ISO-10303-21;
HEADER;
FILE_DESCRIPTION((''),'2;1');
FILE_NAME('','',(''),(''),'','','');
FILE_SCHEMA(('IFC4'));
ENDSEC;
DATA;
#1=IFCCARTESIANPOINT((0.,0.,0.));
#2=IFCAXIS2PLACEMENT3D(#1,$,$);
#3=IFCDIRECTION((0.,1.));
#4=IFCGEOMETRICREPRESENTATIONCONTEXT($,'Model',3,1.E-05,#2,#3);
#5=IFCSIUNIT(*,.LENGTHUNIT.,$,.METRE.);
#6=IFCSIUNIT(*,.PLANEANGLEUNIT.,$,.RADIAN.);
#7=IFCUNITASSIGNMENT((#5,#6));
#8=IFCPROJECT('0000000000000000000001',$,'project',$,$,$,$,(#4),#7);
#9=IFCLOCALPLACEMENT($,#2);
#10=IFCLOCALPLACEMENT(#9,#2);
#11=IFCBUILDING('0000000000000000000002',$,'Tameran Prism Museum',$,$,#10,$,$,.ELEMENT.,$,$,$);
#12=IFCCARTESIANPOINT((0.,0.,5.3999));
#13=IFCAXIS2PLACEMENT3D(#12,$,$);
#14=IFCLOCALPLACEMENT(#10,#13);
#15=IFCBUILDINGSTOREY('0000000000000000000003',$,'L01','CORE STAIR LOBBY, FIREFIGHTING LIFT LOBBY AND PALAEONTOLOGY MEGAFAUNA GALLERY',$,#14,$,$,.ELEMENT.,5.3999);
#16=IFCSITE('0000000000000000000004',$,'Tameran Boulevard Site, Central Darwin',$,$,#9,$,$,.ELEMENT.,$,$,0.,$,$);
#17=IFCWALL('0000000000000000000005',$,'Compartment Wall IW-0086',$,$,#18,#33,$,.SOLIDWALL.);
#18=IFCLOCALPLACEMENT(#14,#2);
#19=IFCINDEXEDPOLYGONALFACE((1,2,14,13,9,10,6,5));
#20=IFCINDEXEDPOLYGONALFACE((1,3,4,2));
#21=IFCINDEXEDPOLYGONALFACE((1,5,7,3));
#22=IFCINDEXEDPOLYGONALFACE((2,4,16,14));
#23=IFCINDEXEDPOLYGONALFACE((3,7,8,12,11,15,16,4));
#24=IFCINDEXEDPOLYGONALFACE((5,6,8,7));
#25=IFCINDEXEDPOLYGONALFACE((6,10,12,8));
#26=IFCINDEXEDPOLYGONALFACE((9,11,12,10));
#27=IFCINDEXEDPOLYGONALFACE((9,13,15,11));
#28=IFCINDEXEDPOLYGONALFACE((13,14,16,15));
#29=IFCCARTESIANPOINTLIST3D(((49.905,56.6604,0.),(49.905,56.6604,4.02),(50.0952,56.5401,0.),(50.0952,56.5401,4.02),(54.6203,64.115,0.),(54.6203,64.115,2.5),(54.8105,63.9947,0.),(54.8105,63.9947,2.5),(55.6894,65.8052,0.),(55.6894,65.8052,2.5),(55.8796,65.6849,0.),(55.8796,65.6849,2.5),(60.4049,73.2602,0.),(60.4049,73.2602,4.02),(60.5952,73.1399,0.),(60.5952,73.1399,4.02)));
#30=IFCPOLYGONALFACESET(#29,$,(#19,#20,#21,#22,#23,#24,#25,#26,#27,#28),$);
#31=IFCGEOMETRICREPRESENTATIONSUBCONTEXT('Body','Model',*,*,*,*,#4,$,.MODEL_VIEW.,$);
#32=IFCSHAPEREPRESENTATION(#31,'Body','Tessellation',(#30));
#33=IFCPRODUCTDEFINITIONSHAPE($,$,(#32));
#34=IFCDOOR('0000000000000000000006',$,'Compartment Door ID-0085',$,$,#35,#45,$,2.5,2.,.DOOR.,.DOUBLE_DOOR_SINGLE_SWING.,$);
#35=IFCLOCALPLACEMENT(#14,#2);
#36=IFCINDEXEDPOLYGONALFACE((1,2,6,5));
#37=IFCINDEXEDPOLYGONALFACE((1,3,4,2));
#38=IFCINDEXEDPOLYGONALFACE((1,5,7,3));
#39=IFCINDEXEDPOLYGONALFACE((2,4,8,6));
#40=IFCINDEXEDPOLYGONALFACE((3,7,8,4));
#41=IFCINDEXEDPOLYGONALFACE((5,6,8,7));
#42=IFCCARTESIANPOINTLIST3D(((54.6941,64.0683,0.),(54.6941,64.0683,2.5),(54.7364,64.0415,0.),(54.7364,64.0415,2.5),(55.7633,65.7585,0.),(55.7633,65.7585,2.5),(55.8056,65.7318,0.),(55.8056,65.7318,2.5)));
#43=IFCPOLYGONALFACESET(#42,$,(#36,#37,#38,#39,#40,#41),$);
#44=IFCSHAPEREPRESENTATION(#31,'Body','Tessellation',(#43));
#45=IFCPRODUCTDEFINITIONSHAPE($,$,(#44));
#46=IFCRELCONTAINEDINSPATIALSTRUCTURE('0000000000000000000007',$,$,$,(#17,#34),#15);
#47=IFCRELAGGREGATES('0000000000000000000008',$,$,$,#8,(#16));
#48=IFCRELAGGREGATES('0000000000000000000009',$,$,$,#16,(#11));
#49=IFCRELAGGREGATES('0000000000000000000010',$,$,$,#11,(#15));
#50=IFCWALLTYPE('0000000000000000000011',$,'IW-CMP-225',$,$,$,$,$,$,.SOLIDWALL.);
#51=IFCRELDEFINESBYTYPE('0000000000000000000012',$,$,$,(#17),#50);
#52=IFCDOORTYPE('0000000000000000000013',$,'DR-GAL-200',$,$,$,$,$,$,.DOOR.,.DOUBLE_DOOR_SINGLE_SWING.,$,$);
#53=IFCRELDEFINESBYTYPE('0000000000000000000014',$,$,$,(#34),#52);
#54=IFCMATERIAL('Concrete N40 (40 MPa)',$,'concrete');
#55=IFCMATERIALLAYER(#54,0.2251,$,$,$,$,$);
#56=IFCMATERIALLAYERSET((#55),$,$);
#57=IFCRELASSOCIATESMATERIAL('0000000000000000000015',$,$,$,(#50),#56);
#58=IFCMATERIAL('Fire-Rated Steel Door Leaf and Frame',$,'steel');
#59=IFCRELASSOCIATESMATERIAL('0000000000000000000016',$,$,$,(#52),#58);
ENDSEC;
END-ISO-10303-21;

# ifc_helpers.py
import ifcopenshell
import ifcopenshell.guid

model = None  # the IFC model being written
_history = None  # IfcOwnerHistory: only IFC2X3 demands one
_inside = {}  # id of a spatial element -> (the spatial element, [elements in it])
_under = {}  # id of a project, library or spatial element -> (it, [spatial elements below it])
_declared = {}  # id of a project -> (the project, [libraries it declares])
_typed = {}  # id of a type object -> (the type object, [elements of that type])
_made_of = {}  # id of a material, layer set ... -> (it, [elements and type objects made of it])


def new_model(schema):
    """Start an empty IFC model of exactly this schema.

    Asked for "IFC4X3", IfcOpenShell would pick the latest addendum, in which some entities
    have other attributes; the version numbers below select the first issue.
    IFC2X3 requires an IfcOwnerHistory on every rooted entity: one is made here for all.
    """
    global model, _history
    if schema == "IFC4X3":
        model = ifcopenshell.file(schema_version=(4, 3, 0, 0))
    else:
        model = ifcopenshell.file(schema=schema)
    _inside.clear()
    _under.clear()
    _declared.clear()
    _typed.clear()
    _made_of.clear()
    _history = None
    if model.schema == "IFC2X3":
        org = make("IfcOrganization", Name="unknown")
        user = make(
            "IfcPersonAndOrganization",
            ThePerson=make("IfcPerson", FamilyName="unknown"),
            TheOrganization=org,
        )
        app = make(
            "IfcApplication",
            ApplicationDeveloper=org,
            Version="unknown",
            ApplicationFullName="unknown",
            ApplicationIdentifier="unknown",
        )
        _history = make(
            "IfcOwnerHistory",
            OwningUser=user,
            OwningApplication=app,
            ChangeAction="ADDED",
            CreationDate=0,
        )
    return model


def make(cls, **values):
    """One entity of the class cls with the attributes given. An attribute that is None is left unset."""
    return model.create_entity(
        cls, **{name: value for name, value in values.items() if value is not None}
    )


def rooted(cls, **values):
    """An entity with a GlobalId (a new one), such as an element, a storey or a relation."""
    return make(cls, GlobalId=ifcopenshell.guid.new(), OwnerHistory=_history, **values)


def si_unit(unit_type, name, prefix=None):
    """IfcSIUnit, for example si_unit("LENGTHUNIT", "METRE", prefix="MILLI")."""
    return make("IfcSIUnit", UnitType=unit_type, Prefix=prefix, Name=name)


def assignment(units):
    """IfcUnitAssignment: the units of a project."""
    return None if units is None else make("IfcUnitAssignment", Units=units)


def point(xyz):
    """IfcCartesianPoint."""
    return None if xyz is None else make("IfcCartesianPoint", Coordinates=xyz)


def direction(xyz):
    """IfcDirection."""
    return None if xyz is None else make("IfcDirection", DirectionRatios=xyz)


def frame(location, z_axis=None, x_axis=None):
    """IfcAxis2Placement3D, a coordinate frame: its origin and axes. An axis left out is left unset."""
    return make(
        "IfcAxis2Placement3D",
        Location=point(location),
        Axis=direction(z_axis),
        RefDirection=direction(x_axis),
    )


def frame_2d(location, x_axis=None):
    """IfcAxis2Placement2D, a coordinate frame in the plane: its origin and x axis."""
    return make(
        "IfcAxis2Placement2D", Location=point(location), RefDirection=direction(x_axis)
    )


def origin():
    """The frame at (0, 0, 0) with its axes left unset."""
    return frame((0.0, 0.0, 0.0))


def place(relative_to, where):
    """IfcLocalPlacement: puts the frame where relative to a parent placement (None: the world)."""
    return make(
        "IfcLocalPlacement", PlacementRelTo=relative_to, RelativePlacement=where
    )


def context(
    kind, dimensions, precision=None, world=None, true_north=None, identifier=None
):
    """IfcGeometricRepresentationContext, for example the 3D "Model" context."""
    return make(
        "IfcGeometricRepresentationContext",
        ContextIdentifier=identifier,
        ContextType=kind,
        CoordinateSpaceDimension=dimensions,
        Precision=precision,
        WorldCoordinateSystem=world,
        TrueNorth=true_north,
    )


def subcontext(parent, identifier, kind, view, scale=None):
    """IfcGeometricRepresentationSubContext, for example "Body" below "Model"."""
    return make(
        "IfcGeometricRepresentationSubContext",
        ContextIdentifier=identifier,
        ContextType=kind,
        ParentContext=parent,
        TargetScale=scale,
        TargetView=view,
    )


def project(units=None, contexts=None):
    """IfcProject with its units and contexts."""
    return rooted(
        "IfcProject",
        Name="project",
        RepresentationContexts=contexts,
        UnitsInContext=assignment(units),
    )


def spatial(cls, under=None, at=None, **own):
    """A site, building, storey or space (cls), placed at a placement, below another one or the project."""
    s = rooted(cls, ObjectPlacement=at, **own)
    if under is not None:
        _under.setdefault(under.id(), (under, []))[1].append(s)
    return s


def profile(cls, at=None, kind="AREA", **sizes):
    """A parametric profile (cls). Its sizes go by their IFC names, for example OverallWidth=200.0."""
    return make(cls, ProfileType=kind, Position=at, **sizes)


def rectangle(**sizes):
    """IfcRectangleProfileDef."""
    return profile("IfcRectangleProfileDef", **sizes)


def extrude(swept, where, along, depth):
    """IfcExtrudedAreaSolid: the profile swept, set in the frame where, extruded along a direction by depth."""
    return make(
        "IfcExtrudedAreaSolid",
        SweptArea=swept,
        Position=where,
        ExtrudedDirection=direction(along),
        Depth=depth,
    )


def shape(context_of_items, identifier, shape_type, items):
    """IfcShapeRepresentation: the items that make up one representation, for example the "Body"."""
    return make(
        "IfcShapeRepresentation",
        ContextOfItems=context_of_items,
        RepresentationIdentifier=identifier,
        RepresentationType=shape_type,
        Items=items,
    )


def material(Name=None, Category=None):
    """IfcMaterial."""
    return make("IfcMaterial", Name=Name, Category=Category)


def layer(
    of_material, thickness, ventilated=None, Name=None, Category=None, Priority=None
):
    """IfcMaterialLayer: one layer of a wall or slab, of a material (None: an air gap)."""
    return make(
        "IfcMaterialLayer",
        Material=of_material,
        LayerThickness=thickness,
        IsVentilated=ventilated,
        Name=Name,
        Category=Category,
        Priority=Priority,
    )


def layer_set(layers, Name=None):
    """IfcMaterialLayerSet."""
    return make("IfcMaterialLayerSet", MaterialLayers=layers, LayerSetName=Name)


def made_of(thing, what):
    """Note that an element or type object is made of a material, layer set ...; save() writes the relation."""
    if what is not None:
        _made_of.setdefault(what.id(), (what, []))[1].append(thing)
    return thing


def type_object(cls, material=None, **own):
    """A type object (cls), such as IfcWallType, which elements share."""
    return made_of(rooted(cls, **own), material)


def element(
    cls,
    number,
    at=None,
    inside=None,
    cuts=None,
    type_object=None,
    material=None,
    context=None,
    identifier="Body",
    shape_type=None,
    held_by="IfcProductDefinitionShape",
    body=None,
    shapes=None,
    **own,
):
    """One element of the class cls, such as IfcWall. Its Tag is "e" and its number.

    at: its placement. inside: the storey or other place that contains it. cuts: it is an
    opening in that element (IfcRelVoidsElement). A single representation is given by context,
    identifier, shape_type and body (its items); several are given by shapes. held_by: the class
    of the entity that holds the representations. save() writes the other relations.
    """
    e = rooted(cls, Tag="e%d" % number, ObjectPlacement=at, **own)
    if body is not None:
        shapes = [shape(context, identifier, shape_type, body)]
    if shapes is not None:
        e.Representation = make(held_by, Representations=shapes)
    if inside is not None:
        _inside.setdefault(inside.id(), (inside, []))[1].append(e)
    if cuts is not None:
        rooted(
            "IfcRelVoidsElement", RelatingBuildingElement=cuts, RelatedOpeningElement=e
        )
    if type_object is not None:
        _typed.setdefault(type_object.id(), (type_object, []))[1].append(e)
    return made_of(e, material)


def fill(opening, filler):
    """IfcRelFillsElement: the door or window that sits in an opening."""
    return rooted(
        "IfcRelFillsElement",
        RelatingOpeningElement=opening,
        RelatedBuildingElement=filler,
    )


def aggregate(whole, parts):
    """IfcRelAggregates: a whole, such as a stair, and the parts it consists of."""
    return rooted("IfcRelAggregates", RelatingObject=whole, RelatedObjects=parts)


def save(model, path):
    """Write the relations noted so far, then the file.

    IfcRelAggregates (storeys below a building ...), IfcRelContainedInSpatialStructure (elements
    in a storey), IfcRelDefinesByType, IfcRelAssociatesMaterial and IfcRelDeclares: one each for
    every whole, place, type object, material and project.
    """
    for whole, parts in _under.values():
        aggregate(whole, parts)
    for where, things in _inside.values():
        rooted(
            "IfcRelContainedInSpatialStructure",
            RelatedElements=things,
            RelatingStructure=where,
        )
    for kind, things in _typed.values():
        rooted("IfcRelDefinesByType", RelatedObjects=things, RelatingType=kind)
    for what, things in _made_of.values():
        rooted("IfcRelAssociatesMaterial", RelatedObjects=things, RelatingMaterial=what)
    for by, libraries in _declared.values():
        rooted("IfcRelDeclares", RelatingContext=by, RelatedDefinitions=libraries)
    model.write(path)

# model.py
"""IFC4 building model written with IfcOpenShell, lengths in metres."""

from ifc_helpers import new_model, si_unit, direction, frame, frame_2d, origin, place, context, subcontext, project, spatial, rectangle, extrude, material, layer, layer_set, type_object, element, fill, save


model = new_model("IFC4")

# Units and contexts
model_context = context("Model", 3, precision=1e-05, world=origin(), true_north=direction((0.0, 1.0)))
body_context = subcontext(model_context, "Body", "Model", "MODEL_VIEW")
ifc_project = project(units=[si_unit("LENGTHUNIT", "METRE"), si_unit("PLANEANGLEUNIT", "RADIAN")], contexts=[model_context])

# Site, building, storey
site_placement = place(None, origin())
site = spatial("IfcSite", under=ifc_project, at=site_placement, Name="Tameran Boulevard Site, Central Darwin", CompositionType="ELEMENT", RefElevation=0.0)
building_placement = place(site_placement, origin())
building = spatial("IfcBuilding", under=site, at=building_placement, Name="Tameran Prism Museum", CompositionType="ELEMENT")
storey_placement = place(building_placement, frame((0.0, 0.0, 5.3999)))
storey = spatial("IfcBuildingStorey", under=building, at=storey_placement, Name="L01", Description="CORE STAIR LOBBY, FIREFIGHTING LIFT LOBBY AND PALAEONTOLOGY MEGAFAUNA GALLERY", CompositionType="ELEMENT", Elevation=5.3999)

# Wall, opening, door
ifc_material_1 = material(Name="Concrete N40 (40 MPa)", Category="concrete")
ifc_layer_1 = layer(ifc_material_1, 0.2251)
ifc_layer_set_1 = layer_set([ifc_layer_1])
wall_type_1 = type_object("IfcWallType", Name="IW-CMP-225", PredefinedType="SOLIDWALL", material=ifc_layer_set_1)
wall_1_placement = place(storey_placement, frame((60.5, 73.2, 0.0), z_axis=(0.0, 0.0, 1.0), x_axis=(-0.534571, -0.845124, 0.0)))
wall_1 = element("IfcWall", 1, at=wall_1_placement, inside=storey, type_object=wall_type_1, Name="Compartment Wall IW-0086", PredefinedType="SOLIDWALL", context=body_context, shape_type="SweptSolid", body=[
    extrude(rectangle(XDim=19.6418, YDim=0.2251, at=frame_2d((9.8208, 0.0))), origin(), (0.0, 0.0, 1.0), 4.02),
])
opening_placement = place(wall_1_placement, frame((8.821, 0.0, 0.0)))
opening = element("IfcOpeningElement", 2, at=opening_placement, cuts=wall_1, PredefinedType="OPENING", context=body_context, shape_type="SweptSolid", body=[
    extrude(rectangle(XDim=2.0, YDim=2.5, at=frame_2d((1.0, 1.25))), frame((0.0, 0.1226, 0.0), z_axis=(0.0, -1.0, 0.0), x_axis=(1.0, 0.0, 0.0)), (0.0, 0.0, 1.0), 0.2451),
])
ifc_material_2 = material(Name="Fire-Rated Steel Door Leaf and Frame", Category="steel")
door_type = type_object("IfcDoorType", Name="DR-GAL-200", OperationType="DOUBLE_DOOR_SINGLE_SWING", PredefinedType="DOOR", material=ifc_material_2)
door_placement = place(opening_placement, origin())
door = element("IfcDoor", 3, at=door_placement, inside=storey, type_object=door_type, Name="Compartment Door ID-0085", OperationType="DOUBLE_DOOR_SINGLE_SWING", OverallHeight=2.5, OverallWidth=2.0, PredefinedType="DOOR", context=body_context, shape_type="SweptSolid", body=[
    extrude(rectangle(XDim=2.0, YDim=2.5, at=frame_2d((1.0, 1.25))), frame((0.0, 0.0249, 0.0), z_axis=(0.0, -1.0, 0.0), x_axis=(1.0, 0.0, 0.0)), (0.0, 0.0, 1.0), 0.05),
])
fill(opening, door)

save(model, "model.ifc")
